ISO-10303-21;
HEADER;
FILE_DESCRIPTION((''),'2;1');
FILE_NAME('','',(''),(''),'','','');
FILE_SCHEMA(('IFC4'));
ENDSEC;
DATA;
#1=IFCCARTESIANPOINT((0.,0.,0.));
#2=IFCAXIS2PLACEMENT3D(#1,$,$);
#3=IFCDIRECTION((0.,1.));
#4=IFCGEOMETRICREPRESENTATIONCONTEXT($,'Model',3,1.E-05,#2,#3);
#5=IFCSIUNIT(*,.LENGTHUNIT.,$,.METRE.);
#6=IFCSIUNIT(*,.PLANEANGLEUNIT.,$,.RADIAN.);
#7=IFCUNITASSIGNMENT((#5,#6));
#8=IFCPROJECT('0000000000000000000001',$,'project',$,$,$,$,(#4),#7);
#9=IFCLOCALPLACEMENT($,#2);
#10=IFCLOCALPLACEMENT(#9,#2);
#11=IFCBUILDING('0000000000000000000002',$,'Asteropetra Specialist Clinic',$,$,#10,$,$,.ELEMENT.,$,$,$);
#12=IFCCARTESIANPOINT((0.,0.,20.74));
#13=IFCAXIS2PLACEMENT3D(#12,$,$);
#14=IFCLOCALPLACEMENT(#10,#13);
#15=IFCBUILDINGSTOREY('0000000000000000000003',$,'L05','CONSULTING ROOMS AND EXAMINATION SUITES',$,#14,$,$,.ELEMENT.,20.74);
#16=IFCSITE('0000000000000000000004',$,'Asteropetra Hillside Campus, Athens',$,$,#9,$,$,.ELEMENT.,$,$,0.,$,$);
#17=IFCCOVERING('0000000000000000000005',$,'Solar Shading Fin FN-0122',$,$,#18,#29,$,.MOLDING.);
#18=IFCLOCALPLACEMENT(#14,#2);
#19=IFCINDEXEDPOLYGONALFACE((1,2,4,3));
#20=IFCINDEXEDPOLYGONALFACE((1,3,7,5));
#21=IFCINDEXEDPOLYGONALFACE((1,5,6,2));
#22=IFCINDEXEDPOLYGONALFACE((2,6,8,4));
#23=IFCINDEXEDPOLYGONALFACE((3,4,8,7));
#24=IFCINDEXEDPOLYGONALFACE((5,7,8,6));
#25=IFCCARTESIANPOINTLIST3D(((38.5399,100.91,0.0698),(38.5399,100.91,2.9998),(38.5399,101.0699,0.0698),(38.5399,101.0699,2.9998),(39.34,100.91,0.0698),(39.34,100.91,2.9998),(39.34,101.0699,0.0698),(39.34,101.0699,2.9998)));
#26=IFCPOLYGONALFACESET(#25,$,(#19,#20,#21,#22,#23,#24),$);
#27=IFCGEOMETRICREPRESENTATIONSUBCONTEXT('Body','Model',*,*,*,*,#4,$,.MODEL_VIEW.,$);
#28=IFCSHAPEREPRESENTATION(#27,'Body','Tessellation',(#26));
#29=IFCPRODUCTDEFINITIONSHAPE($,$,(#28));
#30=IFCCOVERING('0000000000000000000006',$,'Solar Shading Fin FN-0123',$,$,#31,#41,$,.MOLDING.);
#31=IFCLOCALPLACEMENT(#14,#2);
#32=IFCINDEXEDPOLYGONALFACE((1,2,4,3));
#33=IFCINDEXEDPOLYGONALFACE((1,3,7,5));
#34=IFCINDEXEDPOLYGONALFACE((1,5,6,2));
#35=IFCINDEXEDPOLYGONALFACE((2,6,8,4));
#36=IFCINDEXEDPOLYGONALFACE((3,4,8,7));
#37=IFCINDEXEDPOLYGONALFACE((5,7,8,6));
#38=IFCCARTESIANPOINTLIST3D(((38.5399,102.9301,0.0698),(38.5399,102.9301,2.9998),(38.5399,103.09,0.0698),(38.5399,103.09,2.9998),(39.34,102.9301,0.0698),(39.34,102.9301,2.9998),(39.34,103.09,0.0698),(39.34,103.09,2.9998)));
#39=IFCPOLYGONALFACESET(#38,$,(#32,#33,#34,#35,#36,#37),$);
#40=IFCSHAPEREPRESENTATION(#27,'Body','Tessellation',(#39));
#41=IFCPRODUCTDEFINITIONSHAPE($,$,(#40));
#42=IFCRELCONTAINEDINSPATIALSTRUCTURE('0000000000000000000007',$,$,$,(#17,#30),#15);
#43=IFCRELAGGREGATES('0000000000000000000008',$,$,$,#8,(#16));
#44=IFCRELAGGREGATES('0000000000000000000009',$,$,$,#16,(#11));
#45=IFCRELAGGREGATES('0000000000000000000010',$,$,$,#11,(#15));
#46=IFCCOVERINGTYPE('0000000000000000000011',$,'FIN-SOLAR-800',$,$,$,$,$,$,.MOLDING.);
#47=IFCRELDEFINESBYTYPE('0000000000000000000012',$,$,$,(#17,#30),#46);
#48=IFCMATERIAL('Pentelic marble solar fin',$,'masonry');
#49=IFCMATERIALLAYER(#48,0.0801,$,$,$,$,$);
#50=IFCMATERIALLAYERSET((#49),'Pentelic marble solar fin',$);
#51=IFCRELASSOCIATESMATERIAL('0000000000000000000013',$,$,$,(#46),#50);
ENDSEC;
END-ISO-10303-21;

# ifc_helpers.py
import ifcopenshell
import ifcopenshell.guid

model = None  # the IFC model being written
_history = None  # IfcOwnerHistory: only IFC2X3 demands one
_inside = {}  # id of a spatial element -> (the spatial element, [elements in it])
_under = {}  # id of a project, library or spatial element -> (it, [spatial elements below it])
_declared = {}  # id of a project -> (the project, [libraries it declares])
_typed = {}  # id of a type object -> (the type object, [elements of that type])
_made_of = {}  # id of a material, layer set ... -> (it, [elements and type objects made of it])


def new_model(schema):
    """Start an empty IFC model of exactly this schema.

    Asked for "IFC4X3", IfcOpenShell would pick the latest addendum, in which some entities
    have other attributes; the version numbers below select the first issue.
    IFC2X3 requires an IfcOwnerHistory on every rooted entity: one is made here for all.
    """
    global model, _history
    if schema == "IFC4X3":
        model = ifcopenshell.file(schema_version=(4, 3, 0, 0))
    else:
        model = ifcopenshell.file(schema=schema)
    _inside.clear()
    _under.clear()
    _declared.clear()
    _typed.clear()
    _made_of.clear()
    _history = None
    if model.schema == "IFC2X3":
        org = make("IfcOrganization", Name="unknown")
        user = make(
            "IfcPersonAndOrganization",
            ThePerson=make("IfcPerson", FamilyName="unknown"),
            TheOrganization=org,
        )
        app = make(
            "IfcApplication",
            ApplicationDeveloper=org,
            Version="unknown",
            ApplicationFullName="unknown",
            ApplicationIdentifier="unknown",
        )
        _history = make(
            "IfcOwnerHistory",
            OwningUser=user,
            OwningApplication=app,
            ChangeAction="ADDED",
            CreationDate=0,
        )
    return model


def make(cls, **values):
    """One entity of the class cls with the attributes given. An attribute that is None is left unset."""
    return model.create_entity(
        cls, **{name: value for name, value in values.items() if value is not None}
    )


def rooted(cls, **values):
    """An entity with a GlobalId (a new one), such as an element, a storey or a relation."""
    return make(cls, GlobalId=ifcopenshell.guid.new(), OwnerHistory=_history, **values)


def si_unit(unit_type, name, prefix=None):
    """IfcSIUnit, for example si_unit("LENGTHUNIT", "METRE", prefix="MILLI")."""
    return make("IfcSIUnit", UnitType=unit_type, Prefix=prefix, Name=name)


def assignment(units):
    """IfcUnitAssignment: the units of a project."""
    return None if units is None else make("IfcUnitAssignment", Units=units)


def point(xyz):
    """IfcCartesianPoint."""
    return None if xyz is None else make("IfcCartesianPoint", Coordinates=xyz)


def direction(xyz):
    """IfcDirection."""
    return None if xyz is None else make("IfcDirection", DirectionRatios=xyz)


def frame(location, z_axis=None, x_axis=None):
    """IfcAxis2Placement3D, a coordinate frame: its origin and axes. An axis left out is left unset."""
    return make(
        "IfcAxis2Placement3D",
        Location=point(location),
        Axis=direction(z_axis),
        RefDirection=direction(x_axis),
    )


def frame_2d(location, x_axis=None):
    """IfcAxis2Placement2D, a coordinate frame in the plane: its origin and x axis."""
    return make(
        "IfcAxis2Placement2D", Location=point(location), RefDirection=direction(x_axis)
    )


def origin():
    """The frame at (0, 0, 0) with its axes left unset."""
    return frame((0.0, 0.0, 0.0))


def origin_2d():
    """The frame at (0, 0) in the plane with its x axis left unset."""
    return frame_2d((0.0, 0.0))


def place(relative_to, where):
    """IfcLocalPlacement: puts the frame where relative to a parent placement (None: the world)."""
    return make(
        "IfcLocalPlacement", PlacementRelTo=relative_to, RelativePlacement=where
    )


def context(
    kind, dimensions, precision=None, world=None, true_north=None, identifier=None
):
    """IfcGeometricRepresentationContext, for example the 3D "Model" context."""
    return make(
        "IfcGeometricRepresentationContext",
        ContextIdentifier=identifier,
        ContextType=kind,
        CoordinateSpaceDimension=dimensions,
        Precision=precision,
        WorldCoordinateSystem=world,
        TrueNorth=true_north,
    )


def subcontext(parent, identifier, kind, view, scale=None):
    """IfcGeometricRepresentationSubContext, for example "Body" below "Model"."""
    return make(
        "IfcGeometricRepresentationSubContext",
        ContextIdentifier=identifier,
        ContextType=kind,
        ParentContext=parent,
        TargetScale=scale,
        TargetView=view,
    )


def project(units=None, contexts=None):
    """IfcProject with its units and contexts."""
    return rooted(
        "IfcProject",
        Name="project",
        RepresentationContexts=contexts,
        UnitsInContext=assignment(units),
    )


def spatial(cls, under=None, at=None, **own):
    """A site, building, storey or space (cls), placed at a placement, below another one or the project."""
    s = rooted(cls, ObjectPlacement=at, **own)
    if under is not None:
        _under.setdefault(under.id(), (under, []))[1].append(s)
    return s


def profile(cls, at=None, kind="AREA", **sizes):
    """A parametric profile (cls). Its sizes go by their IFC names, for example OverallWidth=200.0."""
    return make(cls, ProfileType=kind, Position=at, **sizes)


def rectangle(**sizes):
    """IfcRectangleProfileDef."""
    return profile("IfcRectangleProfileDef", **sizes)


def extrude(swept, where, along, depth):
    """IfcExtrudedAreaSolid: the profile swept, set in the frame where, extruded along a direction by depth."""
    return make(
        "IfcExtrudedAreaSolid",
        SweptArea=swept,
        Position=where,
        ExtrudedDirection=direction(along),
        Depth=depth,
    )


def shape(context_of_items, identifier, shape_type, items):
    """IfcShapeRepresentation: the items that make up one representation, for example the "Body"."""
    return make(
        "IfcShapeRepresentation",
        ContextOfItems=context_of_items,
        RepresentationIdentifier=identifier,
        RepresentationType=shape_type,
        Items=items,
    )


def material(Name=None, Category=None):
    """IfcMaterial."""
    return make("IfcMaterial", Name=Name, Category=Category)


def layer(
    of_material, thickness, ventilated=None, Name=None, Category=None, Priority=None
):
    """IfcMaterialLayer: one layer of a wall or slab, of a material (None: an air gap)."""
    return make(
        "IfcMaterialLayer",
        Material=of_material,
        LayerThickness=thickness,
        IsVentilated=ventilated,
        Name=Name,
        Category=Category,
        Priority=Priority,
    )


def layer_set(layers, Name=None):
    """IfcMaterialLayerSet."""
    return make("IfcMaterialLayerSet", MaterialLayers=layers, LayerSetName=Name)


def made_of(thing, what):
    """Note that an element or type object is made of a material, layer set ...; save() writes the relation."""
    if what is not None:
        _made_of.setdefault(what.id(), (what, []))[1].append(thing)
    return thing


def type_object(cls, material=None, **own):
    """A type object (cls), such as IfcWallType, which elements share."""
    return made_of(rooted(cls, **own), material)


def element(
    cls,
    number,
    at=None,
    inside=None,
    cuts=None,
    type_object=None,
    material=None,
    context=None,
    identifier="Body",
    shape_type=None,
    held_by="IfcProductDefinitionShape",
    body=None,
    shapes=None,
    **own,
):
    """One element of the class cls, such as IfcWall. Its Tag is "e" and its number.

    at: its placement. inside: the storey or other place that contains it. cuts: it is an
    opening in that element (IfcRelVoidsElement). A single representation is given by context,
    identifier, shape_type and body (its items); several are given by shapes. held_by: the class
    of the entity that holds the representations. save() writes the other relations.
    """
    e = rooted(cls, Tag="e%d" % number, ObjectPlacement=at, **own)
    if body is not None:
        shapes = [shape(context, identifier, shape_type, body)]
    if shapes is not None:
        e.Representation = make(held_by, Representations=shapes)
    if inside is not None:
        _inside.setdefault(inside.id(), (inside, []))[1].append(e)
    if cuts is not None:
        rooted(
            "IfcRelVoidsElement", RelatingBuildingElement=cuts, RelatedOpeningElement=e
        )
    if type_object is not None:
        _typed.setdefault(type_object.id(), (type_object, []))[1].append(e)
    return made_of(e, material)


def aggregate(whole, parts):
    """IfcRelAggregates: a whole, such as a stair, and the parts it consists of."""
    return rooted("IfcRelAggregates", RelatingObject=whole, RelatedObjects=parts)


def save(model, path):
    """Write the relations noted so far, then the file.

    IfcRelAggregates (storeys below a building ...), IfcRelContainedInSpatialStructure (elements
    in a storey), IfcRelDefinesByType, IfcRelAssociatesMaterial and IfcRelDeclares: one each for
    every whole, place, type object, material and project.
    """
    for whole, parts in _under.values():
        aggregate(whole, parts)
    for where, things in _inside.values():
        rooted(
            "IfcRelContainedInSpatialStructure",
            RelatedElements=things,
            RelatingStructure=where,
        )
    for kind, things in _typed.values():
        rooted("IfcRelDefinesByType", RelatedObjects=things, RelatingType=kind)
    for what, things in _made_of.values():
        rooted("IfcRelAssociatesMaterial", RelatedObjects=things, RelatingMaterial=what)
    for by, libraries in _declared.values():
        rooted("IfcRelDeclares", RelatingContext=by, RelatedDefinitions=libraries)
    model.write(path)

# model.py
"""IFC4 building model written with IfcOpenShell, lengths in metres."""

from ifc_helpers import new_model, si_unit, direction, frame, origin, origin_2d, place, context, subcontext, project, spatial, rectangle, extrude, material, layer, layer_set, type_object, element, save


model = new_model("IFC4")

# Units and contexts
model_context = context("Model", 3, precision=1e-05, world=origin(), true_north=direction((0.0, 1.0)))
body_context = subcontext(model_context, "Body", "Model", "MODEL_VIEW")
ifc_project = project(units=[si_unit("LENGTHUNIT", "METRE"), si_unit("PLANEANGLEUNIT", "RADIAN")], contexts=[model_context])

# Site, building, storey
site_placement = place(None, origin())
site = spatial("IfcSite", under=ifc_project, at=site_placement, Name="Asteropetra Hillside Campus, Athens", CompositionType="ELEMENT", RefElevation=0.0)
building_placement = place(site_placement, origin())
building = spatial("IfcBuilding", under=site, at=building_placement, Name="Asteropetra Specialist Clinic", CompositionType="ELEMENT")
storey_placement = place(building_placement, frame((0.0, 0.0, 20.74)))
storey = spatial("IfcBuildingStorey", under=building, at=storey_placement, Name="L05", Description="CONSULTING ROOMS AND EXAMINATION SUITES", CompositionType="ELEMENT", Elevation=20.74)

# Coverings
ifc_material_1 = material(Name="Pentelic marble solar fin", Category="masonry")
ifc_layer_1 = layer(ifc_material_1, 0.0801)
ifc_layer_set_1 = layer_set([ifc_layer_1], Name="Pentelic marble solar fin")
covering_type_1 = type_object("IfcCoveringType", Name="FIN-SOLAR-800", PredefinedType="MOLDING", material=ifc_layer_set_1)
for number, where, z_axis, x_axis, name in (
    (1, (38.9399, 100.99, 0.0698), (0.0, 0.0, 1.0), (1.0, 0.0, 0.0), "Solar Shading Fin FN-0122"),
    (2, (38.9399, 103.01, 0.0698), (0.0, 0.0, 1.0), (1.0, 0.0, 0.0), "Solar Shading Fin FN-0123"),
):
    element("IfcCovering", number, at=place(storey_placement, frame(where, z_axis=z_axis, x_axis=x_axis)), inside=storey, type_object=covering_type_1, Name=name, PredefinedType="MOLDING", context=body_context, shape_type="SweptSolid", body=[
        extrude(rectangle(XDim=0.8, YDim=0.1599, at=origin_2d()), origin(), (0.0, 0.0, 1.0), 2.9299),
    ])

save(model, "model.ifc")
